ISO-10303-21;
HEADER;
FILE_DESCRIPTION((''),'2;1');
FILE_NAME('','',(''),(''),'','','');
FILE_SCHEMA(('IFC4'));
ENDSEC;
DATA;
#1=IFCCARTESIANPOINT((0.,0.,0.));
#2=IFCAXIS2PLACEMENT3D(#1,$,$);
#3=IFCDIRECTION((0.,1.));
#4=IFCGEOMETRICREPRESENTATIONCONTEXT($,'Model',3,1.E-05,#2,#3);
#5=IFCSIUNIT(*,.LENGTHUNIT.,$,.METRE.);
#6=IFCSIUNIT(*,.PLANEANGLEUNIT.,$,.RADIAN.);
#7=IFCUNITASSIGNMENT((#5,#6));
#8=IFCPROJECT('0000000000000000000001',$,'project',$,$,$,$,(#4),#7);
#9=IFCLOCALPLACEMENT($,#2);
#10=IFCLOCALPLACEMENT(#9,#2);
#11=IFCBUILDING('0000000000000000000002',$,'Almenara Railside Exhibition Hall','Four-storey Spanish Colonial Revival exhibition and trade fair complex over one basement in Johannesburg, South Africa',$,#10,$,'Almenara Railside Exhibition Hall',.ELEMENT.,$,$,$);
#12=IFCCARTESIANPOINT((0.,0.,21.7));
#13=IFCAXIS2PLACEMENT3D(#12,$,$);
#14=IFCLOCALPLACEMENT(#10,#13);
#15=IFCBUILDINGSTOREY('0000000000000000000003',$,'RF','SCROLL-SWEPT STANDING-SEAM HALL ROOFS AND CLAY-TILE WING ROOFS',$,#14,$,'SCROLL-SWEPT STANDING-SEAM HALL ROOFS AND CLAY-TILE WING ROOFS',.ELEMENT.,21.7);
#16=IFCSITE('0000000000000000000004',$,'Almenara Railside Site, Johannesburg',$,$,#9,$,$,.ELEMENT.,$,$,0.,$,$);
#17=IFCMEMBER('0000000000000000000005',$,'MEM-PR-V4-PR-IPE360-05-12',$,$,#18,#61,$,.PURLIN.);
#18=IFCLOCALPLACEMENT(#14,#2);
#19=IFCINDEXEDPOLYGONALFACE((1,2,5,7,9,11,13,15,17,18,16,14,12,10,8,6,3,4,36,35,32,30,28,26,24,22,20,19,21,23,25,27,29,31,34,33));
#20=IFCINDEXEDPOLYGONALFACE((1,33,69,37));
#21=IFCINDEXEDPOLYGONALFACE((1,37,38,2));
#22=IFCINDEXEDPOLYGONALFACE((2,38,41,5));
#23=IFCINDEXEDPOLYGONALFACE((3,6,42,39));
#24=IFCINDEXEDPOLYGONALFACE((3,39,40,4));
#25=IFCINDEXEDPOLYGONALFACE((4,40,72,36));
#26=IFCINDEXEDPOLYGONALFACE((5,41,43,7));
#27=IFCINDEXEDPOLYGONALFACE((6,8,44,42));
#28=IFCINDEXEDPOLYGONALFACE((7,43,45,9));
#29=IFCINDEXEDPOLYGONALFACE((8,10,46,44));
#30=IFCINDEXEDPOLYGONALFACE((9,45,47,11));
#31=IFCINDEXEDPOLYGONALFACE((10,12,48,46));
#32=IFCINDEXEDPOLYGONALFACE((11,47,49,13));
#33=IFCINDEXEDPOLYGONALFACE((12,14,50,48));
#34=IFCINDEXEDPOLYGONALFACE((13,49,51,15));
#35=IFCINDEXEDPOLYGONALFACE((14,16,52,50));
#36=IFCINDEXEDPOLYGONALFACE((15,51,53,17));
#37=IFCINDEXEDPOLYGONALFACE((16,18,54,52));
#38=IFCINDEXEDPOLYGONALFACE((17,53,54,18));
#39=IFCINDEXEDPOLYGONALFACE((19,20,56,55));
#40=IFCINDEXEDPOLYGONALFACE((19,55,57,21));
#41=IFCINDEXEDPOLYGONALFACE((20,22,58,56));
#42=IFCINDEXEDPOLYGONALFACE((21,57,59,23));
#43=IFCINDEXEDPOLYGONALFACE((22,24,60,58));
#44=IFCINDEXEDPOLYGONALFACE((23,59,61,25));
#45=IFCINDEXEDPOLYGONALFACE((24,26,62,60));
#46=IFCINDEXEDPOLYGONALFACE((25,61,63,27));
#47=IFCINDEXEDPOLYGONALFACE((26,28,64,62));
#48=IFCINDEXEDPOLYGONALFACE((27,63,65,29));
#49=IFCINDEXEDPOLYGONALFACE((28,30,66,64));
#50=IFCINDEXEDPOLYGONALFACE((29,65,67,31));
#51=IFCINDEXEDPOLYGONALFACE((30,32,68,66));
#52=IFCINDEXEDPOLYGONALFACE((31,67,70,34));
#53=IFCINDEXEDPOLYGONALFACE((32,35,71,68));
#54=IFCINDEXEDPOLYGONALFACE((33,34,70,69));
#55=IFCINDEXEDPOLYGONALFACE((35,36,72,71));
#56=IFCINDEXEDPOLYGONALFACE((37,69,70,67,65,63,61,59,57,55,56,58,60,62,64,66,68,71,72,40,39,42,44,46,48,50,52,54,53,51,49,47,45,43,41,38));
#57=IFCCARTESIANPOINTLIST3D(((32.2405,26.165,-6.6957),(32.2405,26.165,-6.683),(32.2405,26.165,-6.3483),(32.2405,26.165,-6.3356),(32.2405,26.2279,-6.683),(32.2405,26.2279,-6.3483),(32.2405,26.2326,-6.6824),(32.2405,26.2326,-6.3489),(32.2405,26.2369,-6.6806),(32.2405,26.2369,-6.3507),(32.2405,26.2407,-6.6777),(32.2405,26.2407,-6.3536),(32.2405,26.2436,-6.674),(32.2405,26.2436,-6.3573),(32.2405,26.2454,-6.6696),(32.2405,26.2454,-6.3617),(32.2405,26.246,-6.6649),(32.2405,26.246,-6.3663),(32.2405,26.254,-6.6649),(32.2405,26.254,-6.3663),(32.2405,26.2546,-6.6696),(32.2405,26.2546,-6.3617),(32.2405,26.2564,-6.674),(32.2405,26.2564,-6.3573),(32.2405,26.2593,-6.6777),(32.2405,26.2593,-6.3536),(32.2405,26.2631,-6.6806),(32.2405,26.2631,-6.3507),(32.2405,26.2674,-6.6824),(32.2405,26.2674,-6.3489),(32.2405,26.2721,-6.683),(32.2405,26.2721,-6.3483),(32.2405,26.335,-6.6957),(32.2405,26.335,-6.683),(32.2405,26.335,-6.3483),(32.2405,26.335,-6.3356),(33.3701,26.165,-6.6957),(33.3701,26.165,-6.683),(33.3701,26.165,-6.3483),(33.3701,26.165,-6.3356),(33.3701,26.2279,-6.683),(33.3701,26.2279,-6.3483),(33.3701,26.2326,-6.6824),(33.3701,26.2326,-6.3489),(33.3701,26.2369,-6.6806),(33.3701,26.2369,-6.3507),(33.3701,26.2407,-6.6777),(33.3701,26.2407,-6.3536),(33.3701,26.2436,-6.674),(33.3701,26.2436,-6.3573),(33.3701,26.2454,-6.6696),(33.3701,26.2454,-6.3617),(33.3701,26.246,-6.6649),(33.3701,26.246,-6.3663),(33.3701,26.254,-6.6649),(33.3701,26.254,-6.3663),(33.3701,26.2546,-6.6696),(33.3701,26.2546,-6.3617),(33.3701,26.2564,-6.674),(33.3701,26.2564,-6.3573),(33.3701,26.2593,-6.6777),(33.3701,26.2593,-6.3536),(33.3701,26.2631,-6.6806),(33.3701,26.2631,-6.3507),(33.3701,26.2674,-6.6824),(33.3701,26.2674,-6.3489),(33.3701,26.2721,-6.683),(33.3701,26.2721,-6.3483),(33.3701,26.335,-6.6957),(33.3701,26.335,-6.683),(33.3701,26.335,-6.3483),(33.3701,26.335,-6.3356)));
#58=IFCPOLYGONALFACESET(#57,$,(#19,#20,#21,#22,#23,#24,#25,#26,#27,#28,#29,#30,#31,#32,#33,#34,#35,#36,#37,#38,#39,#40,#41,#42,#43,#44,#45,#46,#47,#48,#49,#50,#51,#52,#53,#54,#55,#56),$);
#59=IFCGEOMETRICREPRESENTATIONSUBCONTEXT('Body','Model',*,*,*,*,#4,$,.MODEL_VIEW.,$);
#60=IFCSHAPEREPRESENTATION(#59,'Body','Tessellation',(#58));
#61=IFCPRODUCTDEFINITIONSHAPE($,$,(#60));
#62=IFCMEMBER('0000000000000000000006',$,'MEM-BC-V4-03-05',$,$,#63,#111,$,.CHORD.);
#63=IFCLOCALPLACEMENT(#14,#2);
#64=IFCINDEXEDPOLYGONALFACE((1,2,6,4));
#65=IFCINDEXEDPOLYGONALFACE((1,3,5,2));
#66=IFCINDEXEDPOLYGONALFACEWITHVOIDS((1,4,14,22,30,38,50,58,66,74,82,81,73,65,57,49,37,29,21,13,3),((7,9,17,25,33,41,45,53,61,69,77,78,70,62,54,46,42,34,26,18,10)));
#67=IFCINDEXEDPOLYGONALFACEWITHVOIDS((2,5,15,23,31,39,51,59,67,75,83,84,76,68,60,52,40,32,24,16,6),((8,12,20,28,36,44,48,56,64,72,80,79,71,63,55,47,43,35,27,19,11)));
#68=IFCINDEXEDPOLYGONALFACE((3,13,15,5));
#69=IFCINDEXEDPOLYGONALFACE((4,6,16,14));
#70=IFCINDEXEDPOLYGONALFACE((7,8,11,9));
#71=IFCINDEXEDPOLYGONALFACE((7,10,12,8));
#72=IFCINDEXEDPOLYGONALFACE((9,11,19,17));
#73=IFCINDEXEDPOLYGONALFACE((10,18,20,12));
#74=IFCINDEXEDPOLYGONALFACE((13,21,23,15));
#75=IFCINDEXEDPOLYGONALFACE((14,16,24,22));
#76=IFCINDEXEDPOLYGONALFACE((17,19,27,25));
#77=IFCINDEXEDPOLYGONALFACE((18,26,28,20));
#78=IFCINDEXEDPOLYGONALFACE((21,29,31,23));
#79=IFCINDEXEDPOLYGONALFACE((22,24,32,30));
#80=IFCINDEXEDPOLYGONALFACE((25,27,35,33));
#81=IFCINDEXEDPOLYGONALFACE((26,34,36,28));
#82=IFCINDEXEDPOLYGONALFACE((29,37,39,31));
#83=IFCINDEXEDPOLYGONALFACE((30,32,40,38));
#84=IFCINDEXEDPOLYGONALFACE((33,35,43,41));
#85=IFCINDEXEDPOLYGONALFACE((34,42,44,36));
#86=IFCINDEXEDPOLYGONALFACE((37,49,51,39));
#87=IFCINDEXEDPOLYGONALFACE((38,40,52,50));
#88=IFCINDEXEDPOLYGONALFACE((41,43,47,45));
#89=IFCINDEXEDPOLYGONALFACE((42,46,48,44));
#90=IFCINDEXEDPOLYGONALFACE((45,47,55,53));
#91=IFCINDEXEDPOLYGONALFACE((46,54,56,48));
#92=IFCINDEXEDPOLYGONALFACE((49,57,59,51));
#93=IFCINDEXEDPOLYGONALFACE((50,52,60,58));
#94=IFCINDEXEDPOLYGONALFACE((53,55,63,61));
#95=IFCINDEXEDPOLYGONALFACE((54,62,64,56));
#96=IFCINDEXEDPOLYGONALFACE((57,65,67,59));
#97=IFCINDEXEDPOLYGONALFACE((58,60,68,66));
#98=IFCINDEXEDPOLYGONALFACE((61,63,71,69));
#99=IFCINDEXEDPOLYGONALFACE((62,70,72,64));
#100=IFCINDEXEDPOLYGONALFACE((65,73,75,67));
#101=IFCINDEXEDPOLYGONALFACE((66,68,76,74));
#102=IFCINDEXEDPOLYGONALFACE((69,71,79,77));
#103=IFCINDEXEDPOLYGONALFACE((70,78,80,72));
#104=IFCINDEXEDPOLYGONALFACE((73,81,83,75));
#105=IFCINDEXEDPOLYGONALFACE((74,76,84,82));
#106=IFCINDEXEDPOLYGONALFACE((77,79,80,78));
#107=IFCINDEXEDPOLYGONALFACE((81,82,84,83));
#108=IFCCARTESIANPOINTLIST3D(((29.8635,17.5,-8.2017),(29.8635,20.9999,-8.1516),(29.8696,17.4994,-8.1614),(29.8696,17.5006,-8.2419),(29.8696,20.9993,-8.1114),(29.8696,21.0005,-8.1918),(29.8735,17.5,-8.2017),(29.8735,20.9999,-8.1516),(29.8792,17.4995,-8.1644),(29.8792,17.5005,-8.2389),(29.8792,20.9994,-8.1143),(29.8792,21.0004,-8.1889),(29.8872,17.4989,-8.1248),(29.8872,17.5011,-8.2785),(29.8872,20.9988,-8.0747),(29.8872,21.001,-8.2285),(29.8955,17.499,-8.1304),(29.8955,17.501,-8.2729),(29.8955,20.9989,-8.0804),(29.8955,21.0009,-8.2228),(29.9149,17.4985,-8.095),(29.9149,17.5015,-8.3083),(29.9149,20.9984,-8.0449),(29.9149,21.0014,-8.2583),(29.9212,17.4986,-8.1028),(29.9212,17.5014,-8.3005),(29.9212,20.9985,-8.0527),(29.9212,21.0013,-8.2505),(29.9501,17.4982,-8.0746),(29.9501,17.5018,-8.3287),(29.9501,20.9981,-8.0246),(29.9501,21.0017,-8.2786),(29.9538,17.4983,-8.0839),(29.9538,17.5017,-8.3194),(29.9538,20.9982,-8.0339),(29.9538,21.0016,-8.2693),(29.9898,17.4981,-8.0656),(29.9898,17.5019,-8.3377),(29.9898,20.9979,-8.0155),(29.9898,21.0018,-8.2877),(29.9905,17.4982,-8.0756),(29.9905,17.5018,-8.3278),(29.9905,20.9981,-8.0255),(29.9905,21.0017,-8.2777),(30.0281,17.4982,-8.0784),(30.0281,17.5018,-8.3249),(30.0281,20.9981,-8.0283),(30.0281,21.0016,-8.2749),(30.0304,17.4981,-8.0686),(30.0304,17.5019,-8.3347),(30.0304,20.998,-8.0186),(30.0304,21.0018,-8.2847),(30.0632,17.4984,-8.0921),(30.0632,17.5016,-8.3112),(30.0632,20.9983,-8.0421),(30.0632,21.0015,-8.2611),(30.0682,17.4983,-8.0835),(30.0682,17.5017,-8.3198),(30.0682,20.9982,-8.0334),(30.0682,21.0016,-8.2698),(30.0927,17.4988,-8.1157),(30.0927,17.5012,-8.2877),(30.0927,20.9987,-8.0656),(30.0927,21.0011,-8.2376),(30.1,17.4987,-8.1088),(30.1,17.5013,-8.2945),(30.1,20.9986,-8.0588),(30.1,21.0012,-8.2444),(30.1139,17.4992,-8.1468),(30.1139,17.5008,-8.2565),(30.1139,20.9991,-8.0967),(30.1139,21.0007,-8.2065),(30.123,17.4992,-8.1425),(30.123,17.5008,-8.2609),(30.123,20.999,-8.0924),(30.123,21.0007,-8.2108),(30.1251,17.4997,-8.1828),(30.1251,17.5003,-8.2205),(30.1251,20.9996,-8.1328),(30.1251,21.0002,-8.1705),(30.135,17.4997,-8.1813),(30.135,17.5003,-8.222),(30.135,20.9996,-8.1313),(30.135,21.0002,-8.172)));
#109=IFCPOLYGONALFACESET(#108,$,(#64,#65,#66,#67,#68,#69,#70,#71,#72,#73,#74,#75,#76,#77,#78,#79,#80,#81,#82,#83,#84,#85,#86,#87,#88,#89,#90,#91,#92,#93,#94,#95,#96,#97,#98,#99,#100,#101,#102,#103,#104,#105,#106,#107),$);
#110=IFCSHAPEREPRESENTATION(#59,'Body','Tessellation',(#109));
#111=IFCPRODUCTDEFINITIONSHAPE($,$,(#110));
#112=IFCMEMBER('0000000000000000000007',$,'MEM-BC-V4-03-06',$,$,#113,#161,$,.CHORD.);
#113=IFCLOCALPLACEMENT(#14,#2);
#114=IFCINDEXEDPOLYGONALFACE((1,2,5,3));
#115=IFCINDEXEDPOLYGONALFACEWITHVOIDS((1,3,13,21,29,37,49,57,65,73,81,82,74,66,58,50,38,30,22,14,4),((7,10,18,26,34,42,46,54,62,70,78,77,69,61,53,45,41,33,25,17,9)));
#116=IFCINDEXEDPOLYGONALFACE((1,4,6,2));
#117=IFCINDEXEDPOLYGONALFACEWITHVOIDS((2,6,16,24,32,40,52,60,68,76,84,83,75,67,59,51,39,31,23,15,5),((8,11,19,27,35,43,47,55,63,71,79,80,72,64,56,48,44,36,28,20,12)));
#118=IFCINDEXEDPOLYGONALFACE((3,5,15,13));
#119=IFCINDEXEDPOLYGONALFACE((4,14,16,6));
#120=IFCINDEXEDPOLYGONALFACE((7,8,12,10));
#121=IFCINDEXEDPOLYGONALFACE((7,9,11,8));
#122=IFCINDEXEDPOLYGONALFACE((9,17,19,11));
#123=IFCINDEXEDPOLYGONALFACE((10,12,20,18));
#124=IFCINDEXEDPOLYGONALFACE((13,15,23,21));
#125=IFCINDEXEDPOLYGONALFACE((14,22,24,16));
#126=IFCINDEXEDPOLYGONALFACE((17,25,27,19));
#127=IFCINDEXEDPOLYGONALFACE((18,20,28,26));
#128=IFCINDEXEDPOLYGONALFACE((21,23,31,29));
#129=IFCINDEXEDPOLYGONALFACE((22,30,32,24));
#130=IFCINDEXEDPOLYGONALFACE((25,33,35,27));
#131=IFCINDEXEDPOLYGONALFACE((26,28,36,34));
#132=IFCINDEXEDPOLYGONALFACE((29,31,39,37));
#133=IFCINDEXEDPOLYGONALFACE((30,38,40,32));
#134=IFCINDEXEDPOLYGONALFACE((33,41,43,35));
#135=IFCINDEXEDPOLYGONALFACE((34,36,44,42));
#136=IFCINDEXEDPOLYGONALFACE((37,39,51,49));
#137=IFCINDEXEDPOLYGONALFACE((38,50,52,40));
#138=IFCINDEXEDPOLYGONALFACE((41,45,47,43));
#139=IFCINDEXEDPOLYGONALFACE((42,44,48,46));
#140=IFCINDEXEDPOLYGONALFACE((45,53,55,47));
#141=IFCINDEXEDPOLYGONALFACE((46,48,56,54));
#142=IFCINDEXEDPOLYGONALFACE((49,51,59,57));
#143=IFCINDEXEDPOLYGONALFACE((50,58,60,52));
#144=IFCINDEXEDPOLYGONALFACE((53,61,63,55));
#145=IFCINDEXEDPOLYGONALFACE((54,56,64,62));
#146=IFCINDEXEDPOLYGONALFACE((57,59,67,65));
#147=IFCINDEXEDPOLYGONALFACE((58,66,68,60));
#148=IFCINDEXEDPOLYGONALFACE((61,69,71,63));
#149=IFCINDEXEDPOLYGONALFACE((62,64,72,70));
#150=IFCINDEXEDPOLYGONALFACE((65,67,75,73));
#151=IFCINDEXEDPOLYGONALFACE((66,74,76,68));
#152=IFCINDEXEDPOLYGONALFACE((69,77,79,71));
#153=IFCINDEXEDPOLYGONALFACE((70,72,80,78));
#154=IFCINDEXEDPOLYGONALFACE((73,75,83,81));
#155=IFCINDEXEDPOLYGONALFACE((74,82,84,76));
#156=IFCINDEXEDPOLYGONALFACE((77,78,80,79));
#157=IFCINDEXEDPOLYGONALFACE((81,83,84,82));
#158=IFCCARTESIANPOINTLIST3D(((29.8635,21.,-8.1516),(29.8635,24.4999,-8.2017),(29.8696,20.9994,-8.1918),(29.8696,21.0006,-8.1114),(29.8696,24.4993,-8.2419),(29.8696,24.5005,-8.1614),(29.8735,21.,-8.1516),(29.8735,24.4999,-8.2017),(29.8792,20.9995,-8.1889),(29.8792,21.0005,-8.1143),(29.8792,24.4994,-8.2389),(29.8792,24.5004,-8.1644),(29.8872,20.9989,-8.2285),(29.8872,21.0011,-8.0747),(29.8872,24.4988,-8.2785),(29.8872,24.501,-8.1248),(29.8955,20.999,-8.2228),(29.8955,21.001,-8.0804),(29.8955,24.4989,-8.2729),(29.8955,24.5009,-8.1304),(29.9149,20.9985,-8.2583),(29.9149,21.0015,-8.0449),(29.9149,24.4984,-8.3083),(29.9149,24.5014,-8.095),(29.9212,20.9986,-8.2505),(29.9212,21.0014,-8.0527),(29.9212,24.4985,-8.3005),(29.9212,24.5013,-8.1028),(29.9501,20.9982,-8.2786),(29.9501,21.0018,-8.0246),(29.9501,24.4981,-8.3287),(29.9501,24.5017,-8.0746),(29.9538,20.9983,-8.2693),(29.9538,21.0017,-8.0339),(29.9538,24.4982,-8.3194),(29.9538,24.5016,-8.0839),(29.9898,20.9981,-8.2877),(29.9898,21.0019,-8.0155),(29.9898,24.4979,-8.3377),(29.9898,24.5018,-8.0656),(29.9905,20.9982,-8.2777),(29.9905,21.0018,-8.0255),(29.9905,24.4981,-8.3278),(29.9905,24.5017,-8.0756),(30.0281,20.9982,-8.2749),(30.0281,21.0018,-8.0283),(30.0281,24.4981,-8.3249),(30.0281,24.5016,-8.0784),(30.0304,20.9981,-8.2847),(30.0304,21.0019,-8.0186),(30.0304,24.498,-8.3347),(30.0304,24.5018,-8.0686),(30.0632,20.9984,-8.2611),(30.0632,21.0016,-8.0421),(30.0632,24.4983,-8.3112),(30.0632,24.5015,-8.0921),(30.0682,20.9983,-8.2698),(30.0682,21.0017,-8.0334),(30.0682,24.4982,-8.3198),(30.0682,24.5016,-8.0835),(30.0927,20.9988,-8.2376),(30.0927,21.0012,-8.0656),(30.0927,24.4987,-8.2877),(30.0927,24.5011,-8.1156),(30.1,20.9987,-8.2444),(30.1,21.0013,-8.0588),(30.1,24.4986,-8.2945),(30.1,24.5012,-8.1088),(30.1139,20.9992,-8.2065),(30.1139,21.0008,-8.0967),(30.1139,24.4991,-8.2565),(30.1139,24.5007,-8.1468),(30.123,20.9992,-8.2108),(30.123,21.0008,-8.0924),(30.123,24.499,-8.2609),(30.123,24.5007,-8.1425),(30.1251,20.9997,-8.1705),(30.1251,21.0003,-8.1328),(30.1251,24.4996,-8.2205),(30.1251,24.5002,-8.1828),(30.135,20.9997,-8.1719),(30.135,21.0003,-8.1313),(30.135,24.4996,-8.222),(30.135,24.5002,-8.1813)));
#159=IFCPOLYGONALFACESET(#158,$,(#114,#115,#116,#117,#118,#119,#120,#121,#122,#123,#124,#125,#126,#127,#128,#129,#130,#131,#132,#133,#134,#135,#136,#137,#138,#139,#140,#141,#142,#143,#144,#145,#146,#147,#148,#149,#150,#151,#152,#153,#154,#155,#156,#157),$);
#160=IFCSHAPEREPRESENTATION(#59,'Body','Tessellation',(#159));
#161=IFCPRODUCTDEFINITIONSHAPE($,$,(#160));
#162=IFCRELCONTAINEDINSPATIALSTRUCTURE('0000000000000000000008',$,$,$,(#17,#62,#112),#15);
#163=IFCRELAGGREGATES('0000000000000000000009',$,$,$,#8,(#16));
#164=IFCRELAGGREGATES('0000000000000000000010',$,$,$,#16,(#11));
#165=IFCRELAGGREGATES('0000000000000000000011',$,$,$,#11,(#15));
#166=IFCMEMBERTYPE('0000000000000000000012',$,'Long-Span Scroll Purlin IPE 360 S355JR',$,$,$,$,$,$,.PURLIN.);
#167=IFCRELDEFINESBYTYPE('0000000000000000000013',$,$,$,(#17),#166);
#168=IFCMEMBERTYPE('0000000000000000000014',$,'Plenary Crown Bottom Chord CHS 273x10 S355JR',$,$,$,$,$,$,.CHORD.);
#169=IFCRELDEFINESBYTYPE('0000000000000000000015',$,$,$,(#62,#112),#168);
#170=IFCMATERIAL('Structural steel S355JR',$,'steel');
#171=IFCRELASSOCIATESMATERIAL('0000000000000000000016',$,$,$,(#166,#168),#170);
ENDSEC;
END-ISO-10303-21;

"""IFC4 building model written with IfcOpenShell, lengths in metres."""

from ifc_helpers import new_model, si_unit, direction, frame, origin, origin_2d, place, context, subcontext, project, spatial, hollow_circle, i_section, extrude, material, material_profile, profile_set, type_object, element, save


model = new_model("IFC4")

# Units and contexts
model_context = context("Model", 3, precision=1e-05, world=origin(), true_north=direction((0.0, 1.0)))
body_context = subcontext(model_context, "Body", "Model", "MODEL_VIEW")
ifc_project = project(units=[si_unit("LENGTHUNIT", "METRE"), si_unit("PLANEANGLEUNIT", "RADIAN")], contexts=[model_context])

# Site, building, storey
site_placement = place(None, origin())
site = spatial("IfcSite", under=ifc_project, at=site_placement, Name="Almenara Railside Site, Johannesburg", CompositionType="ELEMENT", RefElevation=0.0)
building_placement = place(site_placement, origin())
building = spatial("IfcBuilding", under=site, at=building_placement, Name="Almenara Railside Exhibition Hall", Description="Four-storey Spanish Colonial Revival exhibition and trade fair complex over one basement in Johannesburg, South Africa", LongName="Almenara Railside Exhibition Hall", CompositionType="ELEMENT")
storey_placement = place(building_placement, frame((0.0, 0.0, 21.7)))
storey = spatial("IfcBuildingStorey", under=building, at=storey_placement, Name="RF", Description="SCROLL-SWEPT STANDING-SEAM HALL ROOFS AND CLAY-TILE WING ROOFS", LongName="SCROLL-SWEPT STANDING-SEAM HALL ROOFS AND CLAY-TILE WING ROOFS", CompositionType="ELEMENT", Elevation=21.7)

# Members
ifc_material_1 = material(Name="Structural steel S355JR", Category="steel")
ifc_material_profile_1 = material_profile(ifc_material_1, i_section(OverallWidth=0.1699, OverallDepth=0.3601, WebThickness=0.0081, FlangeThickness=0.0127, FilletRadius=0.0181, at=origin_2d()), Name="IPE 360")
ifc_profile_set_1 = profile_set([ifc_material_profile_1], Name="Structural steel S355JR")
member_type_1 = type_object("IfcMemberType", Name="Long-Span Scroll Purlin IPE 360 S355JR", PredefinedType="PURLIN", material=ifc_profile_set_1)
member_1_placement = place(storey_placement, frame((32.2405, 26.25, -6.5156), z_axis=(1.0, 0.0, 0.0), x_axis=(0.0, 1.0, 0.0)))
element("IfcMember", 1, at=member_1_placement, inside=storey, type_object=member_type_1, Name="MEM-PR-V4-PR-IPE360-05-12", PredefinedType="PURLIN", context=body_context, shape_type="SweptSolid", body=[
    extrude(i_section(OverallWidth=0.1699, OverallDepth=0.3601, WebThickness=0.0081, FlangeThickness=0.0127, FilletRadius=0.0181, at=origin_2d()), origin(), (0.0, 0.0, 1.0), 1.1296),
])
ifc_material_profile_2 = material_profile(ifc_material_1, hollow_circle(Radius=0.1365, WallThickness=0.01, at=origin_2d()), Name="CHS 273x10")
ifc_profile_set_2 = profile_set([ifc_material_profile_2], Name="Structural steel S355JR")
member_type_2 = type_object("IfcMemberType", Name="Plenary Crown Bottom Chord CHS 273x10 S355JR", PredefinedType="CHORD", material=ifc_profile_set_2)
for number, where, z_axis, x_axis, name in (
    (2, (30.0, 17.5, -8.2017), (0.0, 0.999898, 0.014298), (-1.0, 0.0, 0.0), "MEM-BC-V4-03-05"),
    (3, (30.0, 21.0, -8.1516), (0.0, 0.999898, -0.014298), (-1.0, 0.0, 0.0), "MEM-BC-V4-03-06"),
):
    element("IfcMember", number, at=place(storey_placement, frame(where, z_axis=z_axis, x_axis=x_axis)), inside=storey, type_object=member_type_2, Name=name, PredefinedType="CHORD", context=body_context, shape_type="SweptSolid", body=[
        extrude(hollow_circle(Radius=0.1365, WallThickness=0.01, at=origin_2d()), origin(), (0.0, 0.0, 1.0), 3.5002),
    ])

save(model, "model.ifc")
